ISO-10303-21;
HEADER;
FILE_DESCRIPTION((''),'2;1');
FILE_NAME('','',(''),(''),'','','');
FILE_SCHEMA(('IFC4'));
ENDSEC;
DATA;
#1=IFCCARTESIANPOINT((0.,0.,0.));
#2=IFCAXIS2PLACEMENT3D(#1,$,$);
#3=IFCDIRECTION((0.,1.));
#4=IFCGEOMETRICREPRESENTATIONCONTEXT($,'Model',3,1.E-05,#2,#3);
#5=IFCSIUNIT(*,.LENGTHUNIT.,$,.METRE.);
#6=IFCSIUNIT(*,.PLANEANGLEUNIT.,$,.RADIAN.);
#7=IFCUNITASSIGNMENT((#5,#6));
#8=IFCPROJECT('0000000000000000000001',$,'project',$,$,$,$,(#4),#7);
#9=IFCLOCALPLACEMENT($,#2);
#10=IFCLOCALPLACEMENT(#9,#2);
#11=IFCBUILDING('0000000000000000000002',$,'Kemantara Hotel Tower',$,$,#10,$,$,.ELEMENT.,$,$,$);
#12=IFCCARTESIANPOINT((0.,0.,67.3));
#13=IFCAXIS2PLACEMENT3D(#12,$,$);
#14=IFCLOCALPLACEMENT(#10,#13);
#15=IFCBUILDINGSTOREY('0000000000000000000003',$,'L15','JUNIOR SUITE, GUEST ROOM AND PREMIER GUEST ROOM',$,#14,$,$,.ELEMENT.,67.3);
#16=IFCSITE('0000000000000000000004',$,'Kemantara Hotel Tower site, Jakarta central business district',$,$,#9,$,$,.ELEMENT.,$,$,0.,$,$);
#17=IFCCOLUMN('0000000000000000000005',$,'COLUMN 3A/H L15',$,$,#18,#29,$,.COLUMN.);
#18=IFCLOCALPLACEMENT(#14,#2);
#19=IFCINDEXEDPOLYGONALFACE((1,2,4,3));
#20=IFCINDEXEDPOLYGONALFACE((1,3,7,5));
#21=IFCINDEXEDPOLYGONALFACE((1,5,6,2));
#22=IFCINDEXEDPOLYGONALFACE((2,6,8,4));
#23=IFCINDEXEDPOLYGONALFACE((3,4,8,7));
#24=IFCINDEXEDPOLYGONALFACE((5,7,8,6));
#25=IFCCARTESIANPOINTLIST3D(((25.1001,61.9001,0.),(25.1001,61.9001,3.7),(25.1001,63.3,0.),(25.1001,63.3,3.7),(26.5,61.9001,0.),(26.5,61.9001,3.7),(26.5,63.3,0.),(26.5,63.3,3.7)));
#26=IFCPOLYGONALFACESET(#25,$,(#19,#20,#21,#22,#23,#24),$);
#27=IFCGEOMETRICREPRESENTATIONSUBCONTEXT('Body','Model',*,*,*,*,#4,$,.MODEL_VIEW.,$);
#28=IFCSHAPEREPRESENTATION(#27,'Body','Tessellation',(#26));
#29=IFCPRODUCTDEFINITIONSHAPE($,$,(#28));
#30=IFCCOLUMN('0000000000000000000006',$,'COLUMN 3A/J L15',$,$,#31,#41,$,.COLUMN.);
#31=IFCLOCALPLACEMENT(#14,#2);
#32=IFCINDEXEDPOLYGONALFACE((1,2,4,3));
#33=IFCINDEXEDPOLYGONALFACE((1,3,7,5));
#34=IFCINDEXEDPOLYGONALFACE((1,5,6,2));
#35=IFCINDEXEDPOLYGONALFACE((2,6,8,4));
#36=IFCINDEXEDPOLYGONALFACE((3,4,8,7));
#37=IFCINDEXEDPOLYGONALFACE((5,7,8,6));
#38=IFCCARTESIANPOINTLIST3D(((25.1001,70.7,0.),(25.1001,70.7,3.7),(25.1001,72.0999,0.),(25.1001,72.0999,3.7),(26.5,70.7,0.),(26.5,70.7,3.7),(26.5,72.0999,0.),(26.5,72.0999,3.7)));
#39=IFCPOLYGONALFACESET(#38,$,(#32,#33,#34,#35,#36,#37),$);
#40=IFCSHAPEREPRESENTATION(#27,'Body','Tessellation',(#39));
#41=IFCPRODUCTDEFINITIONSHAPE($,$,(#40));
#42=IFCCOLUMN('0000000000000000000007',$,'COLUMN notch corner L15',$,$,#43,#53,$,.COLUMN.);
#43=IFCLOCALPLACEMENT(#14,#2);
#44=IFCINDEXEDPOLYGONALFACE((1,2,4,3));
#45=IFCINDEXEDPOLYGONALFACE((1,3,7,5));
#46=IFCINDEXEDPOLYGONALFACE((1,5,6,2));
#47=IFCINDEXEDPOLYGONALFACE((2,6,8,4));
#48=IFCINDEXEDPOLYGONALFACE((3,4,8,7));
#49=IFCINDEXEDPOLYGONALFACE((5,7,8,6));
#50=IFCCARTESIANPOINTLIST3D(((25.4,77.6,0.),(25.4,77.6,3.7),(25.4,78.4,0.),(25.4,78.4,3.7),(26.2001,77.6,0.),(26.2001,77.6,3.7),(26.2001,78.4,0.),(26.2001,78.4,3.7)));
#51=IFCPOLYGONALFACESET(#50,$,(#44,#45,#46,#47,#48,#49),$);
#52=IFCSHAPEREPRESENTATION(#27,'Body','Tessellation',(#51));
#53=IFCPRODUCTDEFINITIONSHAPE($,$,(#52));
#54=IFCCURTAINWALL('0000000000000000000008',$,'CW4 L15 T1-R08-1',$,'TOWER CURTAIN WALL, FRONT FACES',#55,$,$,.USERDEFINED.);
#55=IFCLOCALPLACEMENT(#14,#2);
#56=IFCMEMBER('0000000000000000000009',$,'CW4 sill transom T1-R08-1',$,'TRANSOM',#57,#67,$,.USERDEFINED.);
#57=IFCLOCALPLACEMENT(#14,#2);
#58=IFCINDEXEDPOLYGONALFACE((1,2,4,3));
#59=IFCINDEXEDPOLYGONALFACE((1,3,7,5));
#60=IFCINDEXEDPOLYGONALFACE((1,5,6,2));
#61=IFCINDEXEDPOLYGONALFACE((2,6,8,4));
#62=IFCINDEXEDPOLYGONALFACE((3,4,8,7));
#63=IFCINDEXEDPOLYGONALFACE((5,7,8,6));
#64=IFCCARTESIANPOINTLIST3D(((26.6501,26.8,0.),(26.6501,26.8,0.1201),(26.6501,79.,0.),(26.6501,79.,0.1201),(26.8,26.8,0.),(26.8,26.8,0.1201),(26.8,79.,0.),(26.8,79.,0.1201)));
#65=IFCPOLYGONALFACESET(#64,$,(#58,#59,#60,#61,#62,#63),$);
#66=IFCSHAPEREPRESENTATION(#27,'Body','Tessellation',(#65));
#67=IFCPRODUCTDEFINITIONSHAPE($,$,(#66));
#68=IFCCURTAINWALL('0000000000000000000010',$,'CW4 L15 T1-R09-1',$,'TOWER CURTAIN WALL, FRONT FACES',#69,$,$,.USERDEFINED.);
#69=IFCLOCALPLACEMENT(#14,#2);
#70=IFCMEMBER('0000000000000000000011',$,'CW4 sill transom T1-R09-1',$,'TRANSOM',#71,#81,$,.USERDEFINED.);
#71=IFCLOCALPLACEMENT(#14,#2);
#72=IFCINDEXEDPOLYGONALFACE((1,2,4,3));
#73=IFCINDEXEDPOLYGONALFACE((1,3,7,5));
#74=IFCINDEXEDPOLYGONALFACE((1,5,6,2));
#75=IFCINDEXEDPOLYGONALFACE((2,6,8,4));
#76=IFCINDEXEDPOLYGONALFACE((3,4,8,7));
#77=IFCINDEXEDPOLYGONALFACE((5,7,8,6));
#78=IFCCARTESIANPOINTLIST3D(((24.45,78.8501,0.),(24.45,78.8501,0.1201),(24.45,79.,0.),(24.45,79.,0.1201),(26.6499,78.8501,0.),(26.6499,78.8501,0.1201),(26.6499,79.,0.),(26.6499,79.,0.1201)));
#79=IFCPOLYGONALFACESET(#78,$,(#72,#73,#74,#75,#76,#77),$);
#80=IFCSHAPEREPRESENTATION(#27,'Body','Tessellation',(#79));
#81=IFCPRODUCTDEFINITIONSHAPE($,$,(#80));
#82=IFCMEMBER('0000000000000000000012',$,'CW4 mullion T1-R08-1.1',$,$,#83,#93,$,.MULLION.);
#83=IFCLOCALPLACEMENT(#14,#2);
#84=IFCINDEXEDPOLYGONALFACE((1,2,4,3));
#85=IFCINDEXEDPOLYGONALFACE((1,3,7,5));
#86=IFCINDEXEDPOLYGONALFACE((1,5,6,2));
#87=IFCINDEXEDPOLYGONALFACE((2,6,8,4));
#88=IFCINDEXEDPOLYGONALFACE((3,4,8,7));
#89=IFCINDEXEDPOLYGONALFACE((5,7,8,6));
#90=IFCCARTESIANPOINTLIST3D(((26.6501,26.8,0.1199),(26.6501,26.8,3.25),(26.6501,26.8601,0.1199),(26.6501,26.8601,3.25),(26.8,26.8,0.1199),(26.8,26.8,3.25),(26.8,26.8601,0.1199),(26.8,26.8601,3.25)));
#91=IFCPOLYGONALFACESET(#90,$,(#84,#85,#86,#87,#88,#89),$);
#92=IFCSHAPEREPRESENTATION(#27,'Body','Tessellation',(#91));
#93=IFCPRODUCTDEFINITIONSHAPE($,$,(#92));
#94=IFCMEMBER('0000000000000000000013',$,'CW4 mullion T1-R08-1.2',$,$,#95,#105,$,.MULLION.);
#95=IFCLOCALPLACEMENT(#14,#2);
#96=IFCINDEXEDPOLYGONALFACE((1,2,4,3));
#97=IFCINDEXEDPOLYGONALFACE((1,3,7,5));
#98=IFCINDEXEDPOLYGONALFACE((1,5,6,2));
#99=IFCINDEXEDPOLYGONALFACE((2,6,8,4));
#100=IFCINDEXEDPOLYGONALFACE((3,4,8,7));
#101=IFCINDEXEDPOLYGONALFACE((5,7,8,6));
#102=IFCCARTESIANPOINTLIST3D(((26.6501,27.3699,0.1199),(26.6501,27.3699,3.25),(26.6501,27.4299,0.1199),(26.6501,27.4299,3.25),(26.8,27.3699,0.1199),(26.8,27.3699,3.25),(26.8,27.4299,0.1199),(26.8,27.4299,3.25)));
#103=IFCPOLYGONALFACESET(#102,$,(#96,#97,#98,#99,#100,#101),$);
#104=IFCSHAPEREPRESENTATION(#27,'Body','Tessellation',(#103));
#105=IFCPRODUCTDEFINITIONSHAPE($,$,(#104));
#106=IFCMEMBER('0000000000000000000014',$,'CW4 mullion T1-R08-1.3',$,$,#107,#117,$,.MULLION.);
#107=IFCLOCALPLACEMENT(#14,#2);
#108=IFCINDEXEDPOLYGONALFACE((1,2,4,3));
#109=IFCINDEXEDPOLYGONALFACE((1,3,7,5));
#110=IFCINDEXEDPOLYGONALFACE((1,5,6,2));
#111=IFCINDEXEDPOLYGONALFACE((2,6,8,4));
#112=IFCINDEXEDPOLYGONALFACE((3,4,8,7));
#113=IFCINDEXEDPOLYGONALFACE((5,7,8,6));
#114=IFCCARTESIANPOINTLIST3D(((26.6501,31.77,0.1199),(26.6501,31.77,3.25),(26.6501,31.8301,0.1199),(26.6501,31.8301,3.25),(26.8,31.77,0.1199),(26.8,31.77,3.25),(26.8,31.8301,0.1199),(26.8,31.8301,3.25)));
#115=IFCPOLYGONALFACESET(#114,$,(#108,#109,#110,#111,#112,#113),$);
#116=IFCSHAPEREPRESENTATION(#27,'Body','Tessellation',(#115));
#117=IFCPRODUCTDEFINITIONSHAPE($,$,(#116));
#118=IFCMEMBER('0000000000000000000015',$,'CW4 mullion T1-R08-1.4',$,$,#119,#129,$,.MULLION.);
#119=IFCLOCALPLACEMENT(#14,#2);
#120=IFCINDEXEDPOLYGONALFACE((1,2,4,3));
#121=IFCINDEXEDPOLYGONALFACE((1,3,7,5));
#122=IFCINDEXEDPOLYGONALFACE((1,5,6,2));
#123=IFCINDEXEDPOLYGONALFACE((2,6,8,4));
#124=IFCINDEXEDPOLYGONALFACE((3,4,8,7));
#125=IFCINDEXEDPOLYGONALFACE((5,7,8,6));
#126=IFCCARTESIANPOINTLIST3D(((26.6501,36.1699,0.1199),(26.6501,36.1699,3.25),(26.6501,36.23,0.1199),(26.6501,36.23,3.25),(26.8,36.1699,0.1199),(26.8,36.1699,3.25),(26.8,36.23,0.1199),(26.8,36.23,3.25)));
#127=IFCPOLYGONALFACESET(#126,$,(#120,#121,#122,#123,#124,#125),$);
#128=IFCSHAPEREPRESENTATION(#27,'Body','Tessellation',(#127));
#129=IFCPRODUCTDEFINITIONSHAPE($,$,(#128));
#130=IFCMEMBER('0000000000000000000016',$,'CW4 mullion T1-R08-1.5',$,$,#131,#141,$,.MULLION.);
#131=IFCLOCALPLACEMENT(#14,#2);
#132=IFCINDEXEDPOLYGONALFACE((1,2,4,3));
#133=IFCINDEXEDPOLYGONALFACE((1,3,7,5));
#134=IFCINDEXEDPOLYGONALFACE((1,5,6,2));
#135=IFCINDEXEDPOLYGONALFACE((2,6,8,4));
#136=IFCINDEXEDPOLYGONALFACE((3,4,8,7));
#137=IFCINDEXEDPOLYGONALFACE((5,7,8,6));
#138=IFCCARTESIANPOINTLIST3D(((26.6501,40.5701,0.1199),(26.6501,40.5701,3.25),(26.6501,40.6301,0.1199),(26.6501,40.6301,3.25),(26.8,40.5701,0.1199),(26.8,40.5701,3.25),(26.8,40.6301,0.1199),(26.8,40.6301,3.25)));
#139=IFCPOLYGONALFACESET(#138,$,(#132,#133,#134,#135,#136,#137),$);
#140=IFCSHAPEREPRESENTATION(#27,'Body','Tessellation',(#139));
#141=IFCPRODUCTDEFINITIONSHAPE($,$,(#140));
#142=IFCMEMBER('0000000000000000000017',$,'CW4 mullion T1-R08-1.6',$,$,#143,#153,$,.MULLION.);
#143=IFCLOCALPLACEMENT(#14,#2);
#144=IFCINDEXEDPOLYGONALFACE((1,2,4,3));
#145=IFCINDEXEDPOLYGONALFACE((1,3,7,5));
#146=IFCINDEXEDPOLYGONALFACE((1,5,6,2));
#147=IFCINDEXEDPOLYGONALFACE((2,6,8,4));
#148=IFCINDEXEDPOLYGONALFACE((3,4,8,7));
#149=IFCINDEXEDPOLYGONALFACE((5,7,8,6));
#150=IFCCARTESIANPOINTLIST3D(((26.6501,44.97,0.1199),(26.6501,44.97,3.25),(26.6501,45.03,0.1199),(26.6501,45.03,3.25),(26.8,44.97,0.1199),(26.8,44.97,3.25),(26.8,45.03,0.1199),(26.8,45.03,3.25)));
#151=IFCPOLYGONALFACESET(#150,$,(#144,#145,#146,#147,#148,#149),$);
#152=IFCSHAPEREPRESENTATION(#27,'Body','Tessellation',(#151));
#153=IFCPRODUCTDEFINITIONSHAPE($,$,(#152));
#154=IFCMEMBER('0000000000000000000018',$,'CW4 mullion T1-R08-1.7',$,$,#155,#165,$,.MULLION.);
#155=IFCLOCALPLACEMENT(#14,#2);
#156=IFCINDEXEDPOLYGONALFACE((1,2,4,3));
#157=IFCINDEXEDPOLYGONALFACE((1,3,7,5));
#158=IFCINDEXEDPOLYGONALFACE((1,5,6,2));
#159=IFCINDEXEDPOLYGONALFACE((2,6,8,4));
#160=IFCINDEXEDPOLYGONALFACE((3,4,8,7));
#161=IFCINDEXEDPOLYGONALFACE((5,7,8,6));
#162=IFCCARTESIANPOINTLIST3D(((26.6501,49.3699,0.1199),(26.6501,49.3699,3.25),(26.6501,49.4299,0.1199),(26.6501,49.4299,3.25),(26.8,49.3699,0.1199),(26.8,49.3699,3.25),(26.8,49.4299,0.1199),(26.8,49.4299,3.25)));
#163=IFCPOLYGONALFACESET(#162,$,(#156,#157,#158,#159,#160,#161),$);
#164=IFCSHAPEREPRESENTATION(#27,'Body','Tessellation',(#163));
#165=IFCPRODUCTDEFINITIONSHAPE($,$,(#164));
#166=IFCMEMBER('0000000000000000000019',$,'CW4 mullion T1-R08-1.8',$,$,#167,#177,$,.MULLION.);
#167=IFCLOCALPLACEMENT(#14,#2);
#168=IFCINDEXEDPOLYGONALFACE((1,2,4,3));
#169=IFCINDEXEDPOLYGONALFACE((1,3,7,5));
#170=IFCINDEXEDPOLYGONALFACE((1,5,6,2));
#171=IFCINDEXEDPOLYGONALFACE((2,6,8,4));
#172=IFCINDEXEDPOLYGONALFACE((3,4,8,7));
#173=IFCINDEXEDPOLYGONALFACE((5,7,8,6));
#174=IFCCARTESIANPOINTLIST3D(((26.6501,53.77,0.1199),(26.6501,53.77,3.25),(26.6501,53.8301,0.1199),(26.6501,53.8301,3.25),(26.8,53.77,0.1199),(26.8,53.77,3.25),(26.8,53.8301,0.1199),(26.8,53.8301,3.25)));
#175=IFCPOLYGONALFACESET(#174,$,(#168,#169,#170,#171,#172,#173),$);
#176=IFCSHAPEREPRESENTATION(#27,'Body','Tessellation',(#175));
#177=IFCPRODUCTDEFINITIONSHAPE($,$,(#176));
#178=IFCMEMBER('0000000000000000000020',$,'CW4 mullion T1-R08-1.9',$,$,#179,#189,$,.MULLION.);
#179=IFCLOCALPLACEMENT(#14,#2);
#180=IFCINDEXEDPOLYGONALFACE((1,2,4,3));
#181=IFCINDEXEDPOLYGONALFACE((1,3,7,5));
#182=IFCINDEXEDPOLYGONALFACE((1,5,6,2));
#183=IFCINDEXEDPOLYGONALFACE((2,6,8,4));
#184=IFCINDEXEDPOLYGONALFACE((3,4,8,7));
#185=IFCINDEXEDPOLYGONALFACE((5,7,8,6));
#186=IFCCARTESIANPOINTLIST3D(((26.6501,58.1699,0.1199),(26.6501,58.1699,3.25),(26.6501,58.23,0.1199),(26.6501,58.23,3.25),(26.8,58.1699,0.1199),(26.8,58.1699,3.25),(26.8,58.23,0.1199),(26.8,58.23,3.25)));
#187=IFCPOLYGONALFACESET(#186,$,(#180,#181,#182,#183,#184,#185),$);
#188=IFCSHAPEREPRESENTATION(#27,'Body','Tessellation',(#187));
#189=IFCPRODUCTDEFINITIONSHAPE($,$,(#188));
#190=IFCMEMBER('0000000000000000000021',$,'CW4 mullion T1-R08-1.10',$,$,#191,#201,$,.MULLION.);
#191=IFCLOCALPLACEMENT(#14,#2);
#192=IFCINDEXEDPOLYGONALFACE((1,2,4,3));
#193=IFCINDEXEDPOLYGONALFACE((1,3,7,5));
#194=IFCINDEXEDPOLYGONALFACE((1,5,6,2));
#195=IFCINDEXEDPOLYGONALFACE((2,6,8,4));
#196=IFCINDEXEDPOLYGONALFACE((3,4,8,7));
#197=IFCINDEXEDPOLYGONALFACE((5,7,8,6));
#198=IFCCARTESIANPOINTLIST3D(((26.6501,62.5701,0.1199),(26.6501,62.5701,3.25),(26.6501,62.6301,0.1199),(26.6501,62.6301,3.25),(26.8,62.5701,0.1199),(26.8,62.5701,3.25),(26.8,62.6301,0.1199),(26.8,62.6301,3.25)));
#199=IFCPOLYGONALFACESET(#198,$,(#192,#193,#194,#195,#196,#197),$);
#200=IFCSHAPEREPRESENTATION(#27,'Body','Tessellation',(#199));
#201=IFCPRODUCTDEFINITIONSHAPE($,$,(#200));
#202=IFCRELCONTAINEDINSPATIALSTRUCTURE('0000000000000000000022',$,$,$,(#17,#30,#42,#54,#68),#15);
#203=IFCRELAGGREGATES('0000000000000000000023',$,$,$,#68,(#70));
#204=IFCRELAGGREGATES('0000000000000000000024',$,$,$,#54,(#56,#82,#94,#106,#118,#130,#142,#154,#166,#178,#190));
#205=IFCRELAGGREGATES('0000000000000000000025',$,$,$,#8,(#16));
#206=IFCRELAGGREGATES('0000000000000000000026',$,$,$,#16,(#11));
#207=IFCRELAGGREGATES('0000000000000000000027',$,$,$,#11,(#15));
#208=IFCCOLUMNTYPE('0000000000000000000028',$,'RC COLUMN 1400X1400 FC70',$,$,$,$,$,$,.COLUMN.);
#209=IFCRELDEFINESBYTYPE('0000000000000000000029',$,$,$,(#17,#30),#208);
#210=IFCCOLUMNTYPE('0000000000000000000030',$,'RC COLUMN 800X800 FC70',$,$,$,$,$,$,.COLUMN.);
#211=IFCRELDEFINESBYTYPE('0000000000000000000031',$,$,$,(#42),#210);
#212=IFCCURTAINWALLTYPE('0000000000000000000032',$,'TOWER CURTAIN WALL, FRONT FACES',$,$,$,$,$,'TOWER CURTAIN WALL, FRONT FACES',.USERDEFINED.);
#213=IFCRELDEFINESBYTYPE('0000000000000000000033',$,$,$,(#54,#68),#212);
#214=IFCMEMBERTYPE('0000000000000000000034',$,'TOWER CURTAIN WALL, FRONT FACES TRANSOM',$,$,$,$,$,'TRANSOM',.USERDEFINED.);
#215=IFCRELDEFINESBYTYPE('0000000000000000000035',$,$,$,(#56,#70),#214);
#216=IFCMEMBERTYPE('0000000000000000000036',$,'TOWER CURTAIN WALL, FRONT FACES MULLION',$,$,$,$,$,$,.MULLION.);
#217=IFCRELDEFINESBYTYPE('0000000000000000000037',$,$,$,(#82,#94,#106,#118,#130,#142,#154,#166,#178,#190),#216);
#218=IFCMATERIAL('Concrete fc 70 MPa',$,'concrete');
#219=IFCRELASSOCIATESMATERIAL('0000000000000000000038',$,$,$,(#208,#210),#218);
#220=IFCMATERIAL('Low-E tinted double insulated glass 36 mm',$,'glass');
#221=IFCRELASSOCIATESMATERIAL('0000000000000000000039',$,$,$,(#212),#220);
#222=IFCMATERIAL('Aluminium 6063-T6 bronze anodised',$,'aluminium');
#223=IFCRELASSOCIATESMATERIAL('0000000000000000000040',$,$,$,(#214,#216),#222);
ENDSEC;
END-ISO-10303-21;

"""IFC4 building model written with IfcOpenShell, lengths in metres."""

from ifc_helpers import new_model, si_unit, direction, frame, origin, origin_2d, place, context, subcontext, project, spatial, rectangle, extrude, source, transform, mapped, material, material_profile, profile_set, type_object, element, aggregate, save


model = new_model("IFC4")

# Units and contexts
model_context = context("Model", 3, precision=1e-05, world=origin(), true_north=direction((0.0, 1.0)))
body_context = subcontext(model_context, "Body", "Model", "MODEL_VIEW")
ifc_project = project(units=[si_unit("LENGTHUNIT", "METRE"), si_unit("PLANEANGLEUNIT", "RADIAN")], contexts=[model_context])

# Site, building, storey
site_placement = place(None, origin())
site = spatial("IfcSite", under=ifc_project, at=site_placement, Name="Kemantara Hotel Tower site, Jakarta central business district", CompositionType="ELEMENT", RefElevation=0.0)
building_placement = place(site_placement, origin())
building = spatial("IfcBuilding", under=site, at=building_placement, Name="Kemantara Hotel Tower", CompositionType="ELEMENT")
storey_placement = place(building_placement, frame((0.0, 0.0, 67.3)))
storey = spatial("IfcBuildingStorey", under=building, at=storey_placement, Name="L15", Description="JUNIOR SUITE, GUEST ROOM AND PREMIER GUEST ROOM", CompositionType="ELEMENT", Elevation=67.3)

# Columns
ifc_material_1 = material(Name="Concrete fc 70 MPa", Category="concrete")
ifc_material_profile_1 = material_profile(ifc_material_1, rectangle(XDim=1.3999, YDim=1.3999, at=origin_2d()), Name="RC 1400X1400")
ifc_profile_set_1 = profile_set([ifc_material_profile_1], Name="Concrete fc 70 MPa")
column_type_1 = type_object("IfcColumnType", Name="RC COLUMN 1400X1400 FC70", PredefinedType="COLUMN", material=ifc_profile_set_1)
for number, where, z_axis, x_axis, name in (
    (1, (25.8, 62.6001, 0.0), (0.0, 0.0, 1.0), (1.0, 0.0, 0.0), "COLUMN 3A/H L15"),
    (2, (25.8, 71.3999, 0.0), (0.0, 0.0, 1.0), (1.0, 0.0, 0.0), "COLUMN 3A/J L15"),
):
    element("IfcColumn", number, at=place(storey_placement, frame(where, z_axis=z_axis, x_axis=x_axis)), inside=storey, type_object=column_type_1, Name=name, PredefinedType="COLUMN", context=body_context, shape_type="SweptSolid", body=[
        extrude(rectangle(XDim=1.3999, YDim=1.3999, at=origin_2d()), origin(), (0.0, 0.0, 1.0), 3.7),
    ])
ifc_material_profile_2 = material_profile(ifc_material_1, rectangle(XDim=0.8, YDim=0.8, at=origin_2d()), Name="RC 800X800")
ifc_profile_set_2 = profile_set([ifc_material_profile_2], Name="Concrete fc 70 MPa")
column_type_2 = type_object("IfcColumnType", Name="RC COLUMN 800X800 FC70", PredefinedType="COLUMN", material=ifc_profile_set_2)
column_placement = place(storey_placement, frame((25.8, 78.0, 0.0), z_axis=(0.0, 0.0, 1.0), x_axis=(1.0, 0.0, 0.0)))
element("IfcColumn", 3, at=column_placement, inside=storey, type_object=column_type_2, Name="COLUMN notch corner L15", PredefinedType="COLUMN", context=body_context, shape_type="SweptSolid", body=[
    extrude(rectangle(XDim=0.8, YDim=0.8, at=origin_2d()), origin(), (0.0, 0.0, 1.0), 3.7),
])

# Curtain walls, members
ifc_material_2 = material(Name="Low-E tinted double insulated glass 36 mm", Category="glass")
curtain_wall_type = type_object("IfcCurtainWallType", Name="TOWER CURTAIN WALL, FRONT FACES", ElementType="TOWER CURTAIN WALL, FRONT FACES", PredefinedType="USERDEFINED", material=ifc_material_2)
curtain_wall_1_placement = place(storey_placement, origin())
curtain_wall_1 = element("IfcCurtainWall", 4, at=curtain_wall_1_placement, inside=storey, type_object=curtain_wall_type, Name="CW4 L15 T1-R08-1", ObjectType="TOWER CURTAIN WALL, FRONT FACES", PredefinedType="USERDEFINED")
ifc_material_3 = material(Name="Aluminium 6063-T6 bronze anodised", Category="aluminium")
ifc_material_profile_3 = material_profile(ifc_material_3, rectangle(XDim=0.1499, YDim=0.1201, at=origin_2d()), Name="TOWER CURTAIN WALL, FRONT FACES TRANSOM")
ifc_profile_set_3 = profile_set([ifc_material_profile_3], Name="Aluminium 6063-T6 bronze anodised")
member_type_1 = type_object("IfcMemberType", Name="TOWER CURTAIN WALL, FRONT FACES TRANSOM", ElementType="TRANSOM", PredefinedType="USERDEFINED", material=ifc_profile_set_3)
member_1_placement = place(storey_placement, frame((26.7251, 26.8, 0.0601), z_axis=(0.0, 1.0, 0.0), x_axis=(-1.0, 0.0, 0.0)))
member_1 = element("IfcMember", 5, at=member_1_placement, type_object=member_type_1, Name="CW4 sill transom T1-R08-1", ObjectType="TRANSOM", PredefinedType="USERDEFINED", context=body_context, shape_type="SweptSolid", body=[
    extrude(rectangle(XDim=0.1499, YDim=0.1201, at=origin_2d()), origin(), (0.0, 0.0, 1.0), 52.2),
])
curtain_wall_2_placement = place(storey_placement, origin())
curtain_wall_2 = element("IfcCurtainWall", 6, at=curtain_wall_2_placement, inside=storey, type_object=curtain_wall_type, Name="CW4 L15 T1-R09-1", ObjectType="TOWER CURTAIN WALL, FRONT FACES", PredefinedType="USERDEFINED")
member_2_placement = place(storey_placement, frame((26.6499, 78.925, 0.0601), z_axis=(-1.0, 0.0, 0.0), x_axis=(0.0, -1.0, 0.0)))
member_2 = element("IfcMember", 7, at=member_2_placement, type_object=member_type_1, Name="CW4 sill transom T1-R09-1", ObjectType="TRANSOM", PredefinedType="USERDEFINED", context=body_context, shape_type="SweptSolid", body=[
    extrude(rectangle(XDim=0.1499, YDim=0.1201, at=origin_2d()), origin(), (0.0, 0.0, 1.0), 2.2),
])

# Members
ifc_material_profile_4 = material_profile(ifc_material_3, rectangle(XDim=0.1499, YDim=0.0601, at=origin_2d()), Name="TOWER CURTAIN WALL, FRONT FACES MULLION")
ifc_profile_set_4 = profile_set([ifc_material_profile_4], Name="Aluminium 6063-T6 bronze anodised")
member_type_2 = type_object("IfcMemberType", Name="TOWER CURTAIN WALL, FRONT FACES MULLION", PredefinedType="MULLION", material=ifc_profile_set_4)
shared_shape_1 = source(origin(), body_context, "Body", "SweptSolid", [
    extrude(rectangle(XDim=0.1499, YDim=0.0601, at=origin_2d()), origin(), (0.0, 0.0, 1.0), 3.1301),
])
member_3_placement = place(storey_placement, frame((26.7251, 26.8301, 0.1199), z_axis=(0.0, 0.0, 1.0), x_axis=(-1.0, 0.0, 0.0)))
member_3 = element("IfcMember", 8, at=member_3_placement, type_object=member_type_2, Name="CW4 mullion T1-R08-1.1", PredefinedType="MULLION", context=body_context, shape_type="MappedRepresentation", body=[
    mapped(shared_shape_1, transform((0.0, 0.0, 0.0))),
])
member_4_placement = place(storey_placement, frame((26.7251, 27.3999, 0.1199), z_axis=(0.0, 0.0, 1.0), x_axis=(-1.0, 0.0, 0.0)))
member_4 = element("IfcMember", 9, at=member_4_placement, type_object=member_type_2, Name="CW4 mullion T1-R08-1.2", PredefinedType="MULLION", context=body_context, shape_type="MappedRepresentation", body=[
    mapped(shared_shape_1, transform((0.0, 0.0, 0.0))),
])
member_5_placement = place(storey_placement, frame((26.7251, 31.8, 0.1199), z_axis=(0.0, 0.0, 1.0), x_axis=(-1.0, 0.0, 0.0)))
member_5 = element("IfcMember", 10, at=member_5_placement, type_object=member_type_2, Name="CW4 mullion T1-R08-1.3", PredefinedType="MULLION", context=body_context, shape_type="MappedRepresentation", body=[
    mapped(shared_shape_1, transform((0.0, 0.0, 0.0))),
])
member_6_placement = place(storey_placement, frame((26.7251, 36.2, 0.1199), z_axis=(0.0, 0.0, 1.0), x_axis=(-1.0, 0.0, 0.0)))
member_6 = element("IfcMember", 11, at=member_6_placement, type_object=member_type_2, Name="CW4 mullion T1-R08-1.4", PredefinedType="MULLION", context=body_context, shape_type="MappedRepresentation", body=[
    mapped(shared_shape_1, transform((0.0, 0.0, 0.0))),
])
member_7_placement = place(storey_placement, frame((26.7251, 40.6001, 0.1199), z_axis=(0.0, 0.0, 1.0), x_axis=(-1.0, 0.0, 0.0)))
member_7 = element("IfcMember", 12, at=member_7_placement, type_object=member_type_2, Name="CW4 mullion T1-R08-1.5", PredefinedType="MULLION", context=body_context, shape_type="MappedRepresentation", body=[
    mapped(shared_shape_1, transform((0.0, 0.0, 0.0))),
])
member_8_placement = place(storey_placement, frame((26.7251, 45.0, 0.1199), z_axis=(0.0, 0.0, 1.0), x_axis=(-1.0, 0.0, 0.0)))
member_8 = element("IfcMember", 13, at=member_8_placement, type_object=member_type_2, Name="CW4 mullion T1-R08-1.6", PredefinedType="MULLION", context=body_context, shape_type="MappedRepresentation", body=[
    mapped(shared_shape_1, transform((0.0, 0.0, 0.0))),
])
member_9_placement = place(storey_placement, frame((26.7251, 49.3999, 0.1199), z_axis=(0.0, 0.0, 1.0), x_axis=(-1.0, 0.0, 0.0)))
member_9 = element("IfcMember", 14, at=member_9_placement, type_object=member_type_2, Name="CW4 mullion T1-R08-1.7", PredefinedType="MULLION", context=body_context, shape_type="MappedRepresentation", body=[
    mapped(shared_shape_1, transform((0.0, 0.0, 0.0))),
])
member_10_placement = place(storey_placement, frame((26.7251, 53.8, 0.1199), z_axis=(0.0, 0.0, 1.0), x_axis=(-1.0, 0.0, 0.0)))
member_10 = element("IfcMember", 15, at=member_10_placement, type_object=member_type_2, Name="CW4 mullion T1-R08-1.8", PredefinedType="MULLION", context=body_context, shape_type="MappedRepresentation", body=[
    mapped(shared_shape_1, transform((0.0, 0.0, 0.0))),
])
member_11_placement = place(storey_placement, frame((26.7251, 58.2, 0.1199), z_axis=(0.0, 0.0, 1.0), x_axis=(-1.0, 0.0, 0.0)))
member_11 = element("IfcMember", 16, at=member_11_placement, type_object=member_type_2, Name="CW4 mullion T1-R08-1.9", PredefinedType="MULLION", context=body_context, shape_type="MappedRepresentation", body=[
    mapped(shared_shape_1, transform((0.0, 0.0, 0.0))),
])
member_12_placement = place(storey_placement, frame((26.7251, 62.6001, 0.1199), z_axis=(0.0, 0.0, 1.0), x_axis=(-1.0, 0.0, 0.0)))
member_12 = element("IfcMember", 17, at=member_12_placement, type_object=member_type_2, Name="CW4 mullion T1-R08-1.10", PredefinedType="MULLION", context=body_context, shape_type="MappedRepresentation", body=[
    mapped(shared_shape_1, transform((0.0, 0.0, 0.0))),
])
aggregate(curtain_wall_2, [member_2])

aggregate(curtain_wall_1, [member_1, member_3, member_4, member_5, member_6, member_7, member_8, member_9, member_10, member_11, member_12])

save(model, "model.ifc")
